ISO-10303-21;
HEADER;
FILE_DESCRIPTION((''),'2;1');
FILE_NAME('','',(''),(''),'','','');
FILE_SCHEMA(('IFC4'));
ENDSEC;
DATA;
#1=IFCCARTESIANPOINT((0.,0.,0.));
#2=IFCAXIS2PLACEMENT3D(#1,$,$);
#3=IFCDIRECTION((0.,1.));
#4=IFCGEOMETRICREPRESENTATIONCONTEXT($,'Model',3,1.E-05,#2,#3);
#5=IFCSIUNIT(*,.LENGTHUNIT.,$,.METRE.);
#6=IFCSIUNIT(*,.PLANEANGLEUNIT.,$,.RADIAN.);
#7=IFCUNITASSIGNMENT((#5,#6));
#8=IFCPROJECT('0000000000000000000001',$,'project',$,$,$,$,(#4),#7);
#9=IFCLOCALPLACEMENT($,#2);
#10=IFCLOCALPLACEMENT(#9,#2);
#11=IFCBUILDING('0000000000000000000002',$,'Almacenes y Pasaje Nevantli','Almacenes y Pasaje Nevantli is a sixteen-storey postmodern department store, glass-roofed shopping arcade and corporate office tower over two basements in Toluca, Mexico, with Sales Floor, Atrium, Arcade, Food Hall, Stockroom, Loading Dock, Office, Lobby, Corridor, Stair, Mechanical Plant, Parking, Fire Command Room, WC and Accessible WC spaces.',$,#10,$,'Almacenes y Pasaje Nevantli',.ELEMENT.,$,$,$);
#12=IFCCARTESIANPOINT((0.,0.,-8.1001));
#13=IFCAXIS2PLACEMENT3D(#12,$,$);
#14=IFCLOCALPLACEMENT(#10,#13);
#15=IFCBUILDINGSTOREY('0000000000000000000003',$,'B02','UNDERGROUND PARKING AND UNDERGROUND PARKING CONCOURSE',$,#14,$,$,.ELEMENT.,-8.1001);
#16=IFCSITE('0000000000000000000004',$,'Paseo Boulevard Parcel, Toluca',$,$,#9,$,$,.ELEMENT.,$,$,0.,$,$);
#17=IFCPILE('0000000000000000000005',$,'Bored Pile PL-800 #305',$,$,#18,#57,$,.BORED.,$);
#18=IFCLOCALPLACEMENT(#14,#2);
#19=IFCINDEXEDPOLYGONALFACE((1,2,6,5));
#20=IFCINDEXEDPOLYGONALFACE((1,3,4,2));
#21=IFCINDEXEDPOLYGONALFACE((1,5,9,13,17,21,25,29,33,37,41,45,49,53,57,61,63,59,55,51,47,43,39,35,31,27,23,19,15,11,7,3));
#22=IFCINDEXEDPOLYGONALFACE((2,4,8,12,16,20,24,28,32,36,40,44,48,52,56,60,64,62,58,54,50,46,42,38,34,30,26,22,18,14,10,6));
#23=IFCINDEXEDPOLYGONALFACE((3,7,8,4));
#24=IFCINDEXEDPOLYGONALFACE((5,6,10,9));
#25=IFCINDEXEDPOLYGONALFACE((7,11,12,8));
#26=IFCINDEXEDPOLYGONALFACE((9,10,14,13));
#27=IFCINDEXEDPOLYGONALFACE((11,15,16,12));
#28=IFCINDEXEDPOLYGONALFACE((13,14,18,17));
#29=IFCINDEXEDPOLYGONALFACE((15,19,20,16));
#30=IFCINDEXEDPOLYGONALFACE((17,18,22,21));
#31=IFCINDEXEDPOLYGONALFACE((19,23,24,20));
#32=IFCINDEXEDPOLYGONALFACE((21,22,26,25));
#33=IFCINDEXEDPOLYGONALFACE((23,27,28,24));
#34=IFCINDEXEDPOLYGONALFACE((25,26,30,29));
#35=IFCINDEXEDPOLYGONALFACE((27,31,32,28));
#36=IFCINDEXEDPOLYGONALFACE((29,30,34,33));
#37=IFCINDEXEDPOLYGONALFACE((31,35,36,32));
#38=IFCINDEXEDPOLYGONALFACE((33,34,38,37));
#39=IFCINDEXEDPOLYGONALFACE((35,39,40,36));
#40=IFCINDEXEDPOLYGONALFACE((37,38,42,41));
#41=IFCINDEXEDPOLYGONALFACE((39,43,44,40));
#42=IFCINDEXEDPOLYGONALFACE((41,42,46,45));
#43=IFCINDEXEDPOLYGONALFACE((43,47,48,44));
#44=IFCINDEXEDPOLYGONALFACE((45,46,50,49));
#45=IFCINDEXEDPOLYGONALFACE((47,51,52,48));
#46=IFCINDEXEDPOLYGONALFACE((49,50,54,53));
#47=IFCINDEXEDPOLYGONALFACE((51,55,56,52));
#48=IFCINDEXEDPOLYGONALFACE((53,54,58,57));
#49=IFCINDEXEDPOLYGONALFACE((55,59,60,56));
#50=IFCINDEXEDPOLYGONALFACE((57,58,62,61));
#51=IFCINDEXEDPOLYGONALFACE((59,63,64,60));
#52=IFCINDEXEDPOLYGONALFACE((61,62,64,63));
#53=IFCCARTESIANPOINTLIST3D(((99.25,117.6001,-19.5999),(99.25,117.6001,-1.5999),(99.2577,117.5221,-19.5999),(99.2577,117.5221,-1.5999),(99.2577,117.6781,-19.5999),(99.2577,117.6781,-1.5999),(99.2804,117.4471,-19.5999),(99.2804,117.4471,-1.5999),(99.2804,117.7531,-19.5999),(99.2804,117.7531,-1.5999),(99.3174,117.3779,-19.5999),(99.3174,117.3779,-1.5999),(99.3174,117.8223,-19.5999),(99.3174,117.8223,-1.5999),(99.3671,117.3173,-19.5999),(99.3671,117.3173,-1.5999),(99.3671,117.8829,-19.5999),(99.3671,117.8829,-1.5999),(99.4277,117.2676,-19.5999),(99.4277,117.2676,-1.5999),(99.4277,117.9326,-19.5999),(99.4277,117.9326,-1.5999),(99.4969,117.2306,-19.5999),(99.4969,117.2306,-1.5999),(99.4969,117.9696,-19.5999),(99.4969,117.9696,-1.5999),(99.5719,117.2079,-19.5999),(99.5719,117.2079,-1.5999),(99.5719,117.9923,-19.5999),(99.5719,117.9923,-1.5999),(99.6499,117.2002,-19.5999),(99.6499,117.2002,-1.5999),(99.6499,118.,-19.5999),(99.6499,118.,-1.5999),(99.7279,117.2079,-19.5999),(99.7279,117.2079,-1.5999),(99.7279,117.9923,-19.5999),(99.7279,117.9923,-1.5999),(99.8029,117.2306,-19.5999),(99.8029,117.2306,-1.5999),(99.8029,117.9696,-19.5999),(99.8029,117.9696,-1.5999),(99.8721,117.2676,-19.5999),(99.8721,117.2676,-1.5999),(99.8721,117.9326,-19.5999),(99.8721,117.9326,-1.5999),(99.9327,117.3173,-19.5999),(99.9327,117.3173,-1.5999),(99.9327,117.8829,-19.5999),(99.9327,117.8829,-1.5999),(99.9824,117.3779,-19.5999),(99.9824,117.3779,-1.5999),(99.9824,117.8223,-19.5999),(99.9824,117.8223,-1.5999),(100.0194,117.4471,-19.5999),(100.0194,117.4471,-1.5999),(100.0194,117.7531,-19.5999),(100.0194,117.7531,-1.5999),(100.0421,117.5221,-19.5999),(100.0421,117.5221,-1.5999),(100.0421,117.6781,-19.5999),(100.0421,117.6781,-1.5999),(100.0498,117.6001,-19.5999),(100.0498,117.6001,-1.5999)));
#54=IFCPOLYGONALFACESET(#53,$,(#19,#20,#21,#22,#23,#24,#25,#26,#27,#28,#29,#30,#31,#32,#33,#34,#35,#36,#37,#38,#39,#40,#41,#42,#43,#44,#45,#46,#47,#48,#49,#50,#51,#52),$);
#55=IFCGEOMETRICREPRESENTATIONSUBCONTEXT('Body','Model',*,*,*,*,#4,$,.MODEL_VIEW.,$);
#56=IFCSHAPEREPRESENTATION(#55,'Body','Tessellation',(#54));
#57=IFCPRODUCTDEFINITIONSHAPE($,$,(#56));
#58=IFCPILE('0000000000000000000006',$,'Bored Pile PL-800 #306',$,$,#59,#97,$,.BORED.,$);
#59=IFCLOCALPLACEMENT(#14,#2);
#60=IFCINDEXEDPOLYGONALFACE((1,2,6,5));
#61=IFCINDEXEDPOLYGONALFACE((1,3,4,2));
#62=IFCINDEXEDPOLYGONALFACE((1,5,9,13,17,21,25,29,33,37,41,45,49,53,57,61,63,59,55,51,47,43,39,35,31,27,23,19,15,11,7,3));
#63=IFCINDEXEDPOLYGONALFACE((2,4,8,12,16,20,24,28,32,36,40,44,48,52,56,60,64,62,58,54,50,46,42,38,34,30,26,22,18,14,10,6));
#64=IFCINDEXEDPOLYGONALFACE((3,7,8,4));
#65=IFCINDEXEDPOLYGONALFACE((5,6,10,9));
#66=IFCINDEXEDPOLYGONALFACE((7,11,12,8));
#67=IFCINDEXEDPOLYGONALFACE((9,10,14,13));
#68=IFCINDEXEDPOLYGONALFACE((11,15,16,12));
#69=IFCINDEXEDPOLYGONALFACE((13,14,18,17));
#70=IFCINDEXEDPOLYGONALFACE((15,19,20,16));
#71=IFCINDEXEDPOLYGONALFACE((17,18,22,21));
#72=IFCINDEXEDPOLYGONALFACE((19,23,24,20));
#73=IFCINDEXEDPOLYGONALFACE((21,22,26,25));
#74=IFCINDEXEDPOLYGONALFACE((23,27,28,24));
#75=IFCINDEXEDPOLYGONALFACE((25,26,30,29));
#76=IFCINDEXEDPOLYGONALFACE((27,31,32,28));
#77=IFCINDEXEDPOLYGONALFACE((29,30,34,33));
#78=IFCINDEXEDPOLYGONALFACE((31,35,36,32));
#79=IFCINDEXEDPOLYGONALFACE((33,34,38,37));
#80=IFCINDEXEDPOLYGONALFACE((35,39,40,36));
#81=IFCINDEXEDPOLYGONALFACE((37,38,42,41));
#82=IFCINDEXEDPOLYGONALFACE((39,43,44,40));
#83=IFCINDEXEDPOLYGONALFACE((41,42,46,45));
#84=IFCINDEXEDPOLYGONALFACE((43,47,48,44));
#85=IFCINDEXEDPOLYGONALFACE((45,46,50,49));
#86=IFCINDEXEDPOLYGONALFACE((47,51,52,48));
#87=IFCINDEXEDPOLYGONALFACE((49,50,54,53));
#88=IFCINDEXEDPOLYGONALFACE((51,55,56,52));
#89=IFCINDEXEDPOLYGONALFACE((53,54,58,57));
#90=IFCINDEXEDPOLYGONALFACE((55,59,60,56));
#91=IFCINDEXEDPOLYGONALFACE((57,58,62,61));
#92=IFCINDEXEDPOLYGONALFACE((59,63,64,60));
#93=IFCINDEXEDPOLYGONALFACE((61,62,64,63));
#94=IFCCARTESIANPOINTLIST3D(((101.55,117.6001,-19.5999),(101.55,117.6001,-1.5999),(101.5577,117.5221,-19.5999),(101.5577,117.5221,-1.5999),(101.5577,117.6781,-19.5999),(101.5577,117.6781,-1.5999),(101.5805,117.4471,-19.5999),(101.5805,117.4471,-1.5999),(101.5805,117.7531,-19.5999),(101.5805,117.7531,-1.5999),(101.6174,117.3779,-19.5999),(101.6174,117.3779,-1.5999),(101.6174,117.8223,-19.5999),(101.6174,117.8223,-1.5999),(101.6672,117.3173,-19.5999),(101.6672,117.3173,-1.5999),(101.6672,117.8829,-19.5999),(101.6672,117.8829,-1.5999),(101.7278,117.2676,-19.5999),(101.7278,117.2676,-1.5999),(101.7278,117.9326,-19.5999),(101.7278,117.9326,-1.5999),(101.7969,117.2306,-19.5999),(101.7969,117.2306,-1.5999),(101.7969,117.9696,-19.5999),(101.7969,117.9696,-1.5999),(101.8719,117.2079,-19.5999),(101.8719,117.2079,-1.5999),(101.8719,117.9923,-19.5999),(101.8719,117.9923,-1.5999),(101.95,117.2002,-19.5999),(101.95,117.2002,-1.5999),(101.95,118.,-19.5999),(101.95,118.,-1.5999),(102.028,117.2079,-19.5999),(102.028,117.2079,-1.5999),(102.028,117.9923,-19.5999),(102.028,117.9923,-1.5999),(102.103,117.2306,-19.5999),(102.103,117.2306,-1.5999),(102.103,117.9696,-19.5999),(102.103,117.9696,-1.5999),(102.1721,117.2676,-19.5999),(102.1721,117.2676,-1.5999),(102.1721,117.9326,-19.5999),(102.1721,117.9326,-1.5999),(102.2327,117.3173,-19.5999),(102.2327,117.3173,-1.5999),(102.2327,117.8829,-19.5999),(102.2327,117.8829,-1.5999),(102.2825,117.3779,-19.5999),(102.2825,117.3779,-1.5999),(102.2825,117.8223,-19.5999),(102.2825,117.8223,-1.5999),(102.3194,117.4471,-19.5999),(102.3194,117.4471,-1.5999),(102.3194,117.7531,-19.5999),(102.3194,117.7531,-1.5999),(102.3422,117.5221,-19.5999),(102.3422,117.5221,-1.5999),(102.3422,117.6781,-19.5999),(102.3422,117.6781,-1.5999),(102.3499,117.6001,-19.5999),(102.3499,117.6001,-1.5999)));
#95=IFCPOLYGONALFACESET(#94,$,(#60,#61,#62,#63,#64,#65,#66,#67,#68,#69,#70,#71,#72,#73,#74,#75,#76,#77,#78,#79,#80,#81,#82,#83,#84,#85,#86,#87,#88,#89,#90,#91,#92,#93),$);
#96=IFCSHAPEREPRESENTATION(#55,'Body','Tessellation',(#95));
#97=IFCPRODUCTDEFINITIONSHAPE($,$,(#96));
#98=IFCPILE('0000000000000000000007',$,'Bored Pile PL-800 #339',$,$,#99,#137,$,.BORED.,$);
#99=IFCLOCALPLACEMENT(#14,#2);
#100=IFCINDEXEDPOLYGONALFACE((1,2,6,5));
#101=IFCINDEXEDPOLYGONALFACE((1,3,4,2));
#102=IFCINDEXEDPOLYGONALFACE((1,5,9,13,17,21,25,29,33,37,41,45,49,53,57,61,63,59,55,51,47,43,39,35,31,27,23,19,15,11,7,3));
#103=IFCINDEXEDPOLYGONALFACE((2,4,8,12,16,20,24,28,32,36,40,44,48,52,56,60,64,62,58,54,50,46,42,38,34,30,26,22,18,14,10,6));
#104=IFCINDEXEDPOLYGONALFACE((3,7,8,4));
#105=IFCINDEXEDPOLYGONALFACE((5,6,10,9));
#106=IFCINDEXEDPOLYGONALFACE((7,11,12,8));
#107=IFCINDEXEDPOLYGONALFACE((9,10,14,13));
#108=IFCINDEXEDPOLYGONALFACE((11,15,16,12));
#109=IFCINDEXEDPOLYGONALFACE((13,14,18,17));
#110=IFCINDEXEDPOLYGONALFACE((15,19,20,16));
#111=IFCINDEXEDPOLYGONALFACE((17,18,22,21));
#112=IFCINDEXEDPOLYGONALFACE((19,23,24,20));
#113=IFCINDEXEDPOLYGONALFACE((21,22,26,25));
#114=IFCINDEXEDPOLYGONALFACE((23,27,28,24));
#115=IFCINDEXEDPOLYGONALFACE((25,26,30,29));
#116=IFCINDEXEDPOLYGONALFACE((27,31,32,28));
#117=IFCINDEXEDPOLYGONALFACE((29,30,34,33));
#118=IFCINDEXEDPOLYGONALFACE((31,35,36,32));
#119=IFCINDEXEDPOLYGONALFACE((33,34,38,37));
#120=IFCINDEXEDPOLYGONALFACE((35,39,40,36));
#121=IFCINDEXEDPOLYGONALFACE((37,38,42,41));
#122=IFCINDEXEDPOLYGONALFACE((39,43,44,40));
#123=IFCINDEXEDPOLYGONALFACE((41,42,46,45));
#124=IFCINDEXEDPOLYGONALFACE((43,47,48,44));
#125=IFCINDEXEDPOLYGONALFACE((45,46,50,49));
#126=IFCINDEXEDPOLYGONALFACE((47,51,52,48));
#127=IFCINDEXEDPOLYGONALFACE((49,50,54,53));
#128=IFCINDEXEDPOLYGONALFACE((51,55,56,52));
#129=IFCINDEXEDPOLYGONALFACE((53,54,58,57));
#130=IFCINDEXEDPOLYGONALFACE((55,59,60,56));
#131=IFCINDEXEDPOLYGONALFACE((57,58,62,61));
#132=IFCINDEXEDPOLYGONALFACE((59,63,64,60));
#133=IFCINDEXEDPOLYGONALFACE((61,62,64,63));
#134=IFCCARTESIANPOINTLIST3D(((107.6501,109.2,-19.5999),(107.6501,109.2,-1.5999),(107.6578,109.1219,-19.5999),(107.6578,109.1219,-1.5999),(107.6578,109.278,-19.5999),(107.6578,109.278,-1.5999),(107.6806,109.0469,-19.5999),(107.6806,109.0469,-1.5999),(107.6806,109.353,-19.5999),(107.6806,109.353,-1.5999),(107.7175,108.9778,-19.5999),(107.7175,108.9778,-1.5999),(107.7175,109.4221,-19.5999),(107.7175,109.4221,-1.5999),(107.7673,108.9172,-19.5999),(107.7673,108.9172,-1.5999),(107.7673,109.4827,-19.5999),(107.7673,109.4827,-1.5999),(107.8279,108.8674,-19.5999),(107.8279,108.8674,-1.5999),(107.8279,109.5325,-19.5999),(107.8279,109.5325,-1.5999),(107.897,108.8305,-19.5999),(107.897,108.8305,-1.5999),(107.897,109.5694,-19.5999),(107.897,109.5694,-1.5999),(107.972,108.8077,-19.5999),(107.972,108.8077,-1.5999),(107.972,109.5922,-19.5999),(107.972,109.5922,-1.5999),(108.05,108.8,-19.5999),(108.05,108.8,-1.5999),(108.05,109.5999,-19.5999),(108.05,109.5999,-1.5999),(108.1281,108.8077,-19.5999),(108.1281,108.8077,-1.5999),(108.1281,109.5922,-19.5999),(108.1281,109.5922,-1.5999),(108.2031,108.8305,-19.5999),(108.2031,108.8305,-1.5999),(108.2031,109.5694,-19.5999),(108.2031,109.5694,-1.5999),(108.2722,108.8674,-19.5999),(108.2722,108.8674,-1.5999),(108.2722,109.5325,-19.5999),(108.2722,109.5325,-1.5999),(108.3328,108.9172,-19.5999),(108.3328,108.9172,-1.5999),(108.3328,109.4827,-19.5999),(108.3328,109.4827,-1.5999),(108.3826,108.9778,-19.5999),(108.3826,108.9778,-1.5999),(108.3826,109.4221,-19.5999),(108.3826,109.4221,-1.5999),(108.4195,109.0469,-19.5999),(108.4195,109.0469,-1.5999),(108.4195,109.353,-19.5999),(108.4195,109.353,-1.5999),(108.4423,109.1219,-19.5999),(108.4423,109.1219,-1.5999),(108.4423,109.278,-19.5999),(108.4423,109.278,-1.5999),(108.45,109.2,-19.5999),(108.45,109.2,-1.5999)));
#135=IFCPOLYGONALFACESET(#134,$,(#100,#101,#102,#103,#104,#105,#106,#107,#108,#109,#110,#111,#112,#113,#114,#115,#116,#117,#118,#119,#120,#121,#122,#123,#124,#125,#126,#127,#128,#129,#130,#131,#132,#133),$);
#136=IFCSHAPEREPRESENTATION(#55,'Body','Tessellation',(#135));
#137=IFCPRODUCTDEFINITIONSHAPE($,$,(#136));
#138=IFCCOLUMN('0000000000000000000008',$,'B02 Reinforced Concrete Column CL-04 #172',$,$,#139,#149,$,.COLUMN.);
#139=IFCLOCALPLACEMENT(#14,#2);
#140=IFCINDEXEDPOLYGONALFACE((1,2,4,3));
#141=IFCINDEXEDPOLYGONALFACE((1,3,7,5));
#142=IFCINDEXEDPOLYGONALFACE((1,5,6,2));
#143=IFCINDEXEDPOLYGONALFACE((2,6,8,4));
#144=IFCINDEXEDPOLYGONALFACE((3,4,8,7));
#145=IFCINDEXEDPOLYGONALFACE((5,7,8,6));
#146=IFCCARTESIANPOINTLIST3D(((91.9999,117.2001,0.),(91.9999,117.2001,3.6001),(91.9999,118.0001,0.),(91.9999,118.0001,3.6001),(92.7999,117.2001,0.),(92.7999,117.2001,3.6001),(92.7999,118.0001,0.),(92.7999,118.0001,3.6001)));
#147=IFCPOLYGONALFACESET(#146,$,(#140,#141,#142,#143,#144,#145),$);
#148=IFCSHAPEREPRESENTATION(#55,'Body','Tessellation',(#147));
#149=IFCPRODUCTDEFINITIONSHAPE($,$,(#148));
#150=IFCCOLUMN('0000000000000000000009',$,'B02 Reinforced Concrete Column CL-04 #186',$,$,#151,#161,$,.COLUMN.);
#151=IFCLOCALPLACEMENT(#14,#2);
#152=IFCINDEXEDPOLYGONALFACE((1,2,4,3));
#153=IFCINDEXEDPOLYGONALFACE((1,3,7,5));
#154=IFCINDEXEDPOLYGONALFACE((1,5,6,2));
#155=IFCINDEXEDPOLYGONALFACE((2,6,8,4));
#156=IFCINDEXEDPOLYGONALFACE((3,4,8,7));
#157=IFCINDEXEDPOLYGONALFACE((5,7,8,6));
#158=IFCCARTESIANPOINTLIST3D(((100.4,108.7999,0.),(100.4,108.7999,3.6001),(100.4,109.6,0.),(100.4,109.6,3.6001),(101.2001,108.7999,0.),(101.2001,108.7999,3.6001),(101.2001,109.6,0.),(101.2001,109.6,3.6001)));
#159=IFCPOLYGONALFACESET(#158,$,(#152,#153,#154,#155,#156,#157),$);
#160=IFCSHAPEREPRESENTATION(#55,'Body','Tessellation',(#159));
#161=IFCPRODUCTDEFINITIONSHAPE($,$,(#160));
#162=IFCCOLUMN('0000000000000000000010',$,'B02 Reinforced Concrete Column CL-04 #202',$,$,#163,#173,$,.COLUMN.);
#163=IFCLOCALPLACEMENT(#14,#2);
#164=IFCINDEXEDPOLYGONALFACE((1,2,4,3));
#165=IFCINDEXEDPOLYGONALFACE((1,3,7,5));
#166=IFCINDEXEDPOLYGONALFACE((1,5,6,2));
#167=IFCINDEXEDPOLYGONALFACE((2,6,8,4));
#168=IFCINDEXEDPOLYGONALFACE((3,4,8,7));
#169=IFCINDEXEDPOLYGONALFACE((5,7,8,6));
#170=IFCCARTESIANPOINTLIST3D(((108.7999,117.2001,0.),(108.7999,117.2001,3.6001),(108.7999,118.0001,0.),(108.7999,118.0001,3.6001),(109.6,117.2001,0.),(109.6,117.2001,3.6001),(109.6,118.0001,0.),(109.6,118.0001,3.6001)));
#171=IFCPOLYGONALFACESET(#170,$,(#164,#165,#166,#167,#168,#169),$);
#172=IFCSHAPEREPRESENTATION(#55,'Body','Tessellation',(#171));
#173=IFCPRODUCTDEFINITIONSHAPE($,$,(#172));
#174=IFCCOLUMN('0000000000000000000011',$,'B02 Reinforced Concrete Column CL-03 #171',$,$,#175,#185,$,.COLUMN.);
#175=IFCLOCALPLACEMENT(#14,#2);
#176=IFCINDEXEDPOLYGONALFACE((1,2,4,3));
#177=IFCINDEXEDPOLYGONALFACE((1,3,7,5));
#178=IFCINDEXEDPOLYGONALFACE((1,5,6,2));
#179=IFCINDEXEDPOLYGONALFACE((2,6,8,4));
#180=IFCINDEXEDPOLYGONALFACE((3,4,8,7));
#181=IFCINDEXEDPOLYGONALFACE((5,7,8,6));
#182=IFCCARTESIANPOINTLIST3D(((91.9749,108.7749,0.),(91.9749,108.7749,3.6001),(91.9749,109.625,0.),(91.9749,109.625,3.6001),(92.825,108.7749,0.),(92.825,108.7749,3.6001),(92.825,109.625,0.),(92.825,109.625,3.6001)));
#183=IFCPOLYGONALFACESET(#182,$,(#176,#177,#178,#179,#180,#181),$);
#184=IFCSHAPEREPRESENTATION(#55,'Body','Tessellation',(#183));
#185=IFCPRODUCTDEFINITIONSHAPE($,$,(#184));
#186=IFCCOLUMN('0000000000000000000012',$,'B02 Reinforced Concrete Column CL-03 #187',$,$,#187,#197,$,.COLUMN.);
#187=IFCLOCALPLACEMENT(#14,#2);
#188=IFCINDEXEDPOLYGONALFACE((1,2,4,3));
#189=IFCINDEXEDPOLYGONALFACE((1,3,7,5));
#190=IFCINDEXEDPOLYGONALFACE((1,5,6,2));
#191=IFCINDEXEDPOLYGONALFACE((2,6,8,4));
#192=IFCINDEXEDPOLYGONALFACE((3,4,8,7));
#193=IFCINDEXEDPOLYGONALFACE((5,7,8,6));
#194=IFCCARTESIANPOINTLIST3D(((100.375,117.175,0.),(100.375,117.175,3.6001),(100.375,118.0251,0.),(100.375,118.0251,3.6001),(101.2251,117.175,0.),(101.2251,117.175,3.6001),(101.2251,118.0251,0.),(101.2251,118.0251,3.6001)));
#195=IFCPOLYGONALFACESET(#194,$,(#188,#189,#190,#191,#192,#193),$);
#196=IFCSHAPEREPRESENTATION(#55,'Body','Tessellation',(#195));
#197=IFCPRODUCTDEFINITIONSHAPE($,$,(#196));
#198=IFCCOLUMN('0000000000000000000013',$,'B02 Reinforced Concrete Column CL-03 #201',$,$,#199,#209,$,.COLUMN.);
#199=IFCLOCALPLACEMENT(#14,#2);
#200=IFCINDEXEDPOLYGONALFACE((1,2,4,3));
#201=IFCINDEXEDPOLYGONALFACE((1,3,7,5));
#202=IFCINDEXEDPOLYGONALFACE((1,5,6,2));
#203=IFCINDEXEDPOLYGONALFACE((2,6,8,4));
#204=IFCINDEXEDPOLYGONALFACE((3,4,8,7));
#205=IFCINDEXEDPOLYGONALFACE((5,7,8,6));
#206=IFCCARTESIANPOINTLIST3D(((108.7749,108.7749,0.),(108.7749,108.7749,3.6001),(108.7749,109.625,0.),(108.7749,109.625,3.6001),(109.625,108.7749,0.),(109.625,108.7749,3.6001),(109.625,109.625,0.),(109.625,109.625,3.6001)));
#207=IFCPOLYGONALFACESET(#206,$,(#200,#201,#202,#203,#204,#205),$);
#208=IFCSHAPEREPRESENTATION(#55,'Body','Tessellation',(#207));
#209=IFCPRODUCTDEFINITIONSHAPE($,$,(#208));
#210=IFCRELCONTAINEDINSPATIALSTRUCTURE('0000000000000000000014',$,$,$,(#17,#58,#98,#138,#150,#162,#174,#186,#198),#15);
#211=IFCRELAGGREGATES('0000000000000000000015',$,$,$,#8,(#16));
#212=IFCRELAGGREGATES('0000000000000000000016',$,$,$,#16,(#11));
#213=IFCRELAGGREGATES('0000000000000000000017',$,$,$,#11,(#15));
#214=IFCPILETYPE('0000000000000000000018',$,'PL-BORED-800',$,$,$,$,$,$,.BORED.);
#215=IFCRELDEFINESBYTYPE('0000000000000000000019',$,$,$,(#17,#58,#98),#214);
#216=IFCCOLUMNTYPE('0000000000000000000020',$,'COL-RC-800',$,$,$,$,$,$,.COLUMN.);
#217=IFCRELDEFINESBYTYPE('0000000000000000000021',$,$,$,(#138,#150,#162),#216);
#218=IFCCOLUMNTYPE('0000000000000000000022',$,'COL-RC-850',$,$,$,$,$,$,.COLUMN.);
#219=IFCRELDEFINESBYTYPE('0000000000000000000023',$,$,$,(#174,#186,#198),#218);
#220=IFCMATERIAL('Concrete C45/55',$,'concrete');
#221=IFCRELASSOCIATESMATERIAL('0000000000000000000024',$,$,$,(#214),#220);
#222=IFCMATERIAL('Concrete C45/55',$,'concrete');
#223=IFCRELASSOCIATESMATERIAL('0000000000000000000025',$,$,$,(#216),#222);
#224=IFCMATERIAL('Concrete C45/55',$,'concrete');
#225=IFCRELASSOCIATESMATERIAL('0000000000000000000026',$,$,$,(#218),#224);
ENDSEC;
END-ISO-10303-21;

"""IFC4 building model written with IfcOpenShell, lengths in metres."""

from ifc_helpers import new_model, si_unit, direction, frame, origin, origin_2d, place, context, subcontext, project, spatial, rectangle, circle, extrude, material, material_profile, profile_set, type_object, element, save


model = new_model("IFC4")

# Units and contexts
model_context = context("Model", 3, precision=1e-05, world=origin(), true_north=direction((0.0, 1.0)))
body_context = subcontext(model_context, "Body", "Model", "MODEL_VIEW")
ifc_project = project(units=[si_unit("LENGTHUNIT", "METRE"), si_unit("PLANEANGLEUNIT", "RADIAN")], contexts=[model_context])

# Site, building, storey
site_placement = place(None, origin())
site = spatial("IfcSite", under=ifc_project, at=site_placement, Name="Paseo Boulevard Parcel, Toluca", CompositionType="ELEMENT", RefElevation=0.0)
building_placement = place(site_placement, origin())
building = spatial("IfcBuilding", under=site, at=building_placement, Name="Almacenes y Pasaje Nevantli", Description="Almacenes y Pasaje Nevantli is a sixteen-storey postmodern department store, glass-roofed shopping arcade and corporate office tower over two basements in Toluca, Mexico, with Sales Floor, Atrium, Arcade, Food Hall, Stockroom, Loading Dock, Office, Lobby, Corridor, Stair, Mechanical Plant, Parking, Fire Command Room, WC and Accessible WC spaces.", LongName="Almacenes y Pasaje Nevantli", CompositionType="ELEMENT")
storey_placement = place(building_placement, frame((0.0, 0.0, -8.1001)))
storey = spatial("IfcBuildingStorey", under=building, at=storey_placement, Name="B02", Description="UNDERGROUND PARKING AND UNDERGROUND PARKING CONCOURSE", CompositionType="ELEMENT", Elevation=-8.1001)

# Piles
ifc_material_1 = material(Name="Concrete C45/55", Category="concrete")
ifc_material_profile_1 = material_profile(ifc_material_1, circle(Radius=0.3999, at=origin_2d()), Name="RC-PILE-D800")
ifc_profile_set_1 = profile_set([ifc_material_profile_1], Name="Concrete C45/55")
pile_type_1 = type_object("IfcPileType", Name="PL-BORED-800", PredefinedType="BORED", material=ifc_profile_set_1)
for number, where, z_axis, x_axis, name in (
    (1, (99.6499, 117.6001, -1.5999), (0.0, 0.0, -1.0), (1.0, 0.0, 0.0), "Bored Pile PL-800 #305"),
    (2, (101.95, 117.6001, -1.5999), (0.0, 0.0, -1.0), (1.0, 0.0, 0.0), "Bored Pile PL-800 #306"),
    (3, (108.05, 109.2, -1.5999), (0.0, 0.0, -1.0), (1.0, 0.0, 0.0), "Bored Pile PL-800 #339"),
):
    element("IfcPile", number, at=place(storey_placement, frame(where, z_axis=z_axis, x_axis=x_axis)), inside=storey, type_object=pile_type_1, Name=name, PredefinedType="BORED", context=body_context, shape_type="SweptSolid", body=[
        extrude(circle(Radius=0.3999, at=origin_2d()), origin(), (0.0, 0.0, 1.0), 18.0),
    ])

# Columns
ifc_material_2 = material(Name="Concrete C45/55", Category="concrete")
ifc_material_profile_2 = material_profile(ifc_material_2, rectangle(XDim=0.8, YDim=0.8, at=origin_2d()), Name="RC-COL-800x800")
ifc_profile_set_2 = profile_set([ifc_material_profile_2], Name="Concrete C45/55")
column_type_1 = type_object("IfcColumnType", Name="COL-RC-800", PredefinedType="COLUMN", material=ifc_profile_set_2)
for number, where, z_axis, x_axis, name in (
    (4, (92.3999, 117.6001, 0.0), (0.0, 0.0, 1.0), (1.0, 0.0, 0.0), "B02 Reinforced Concrete Column CL-04 #172"),
    (5, (100.8, 109.2, 0.0), (0.0, 0.0, 1.0), (1.0, 0.0, 0.0), "B02 Reinforced Concrete Column CL-04 #186"),
    (6, (109.2, 117.6001, 0.0), (0.0, 0.0, 1.0), (1.0, 0.0, 0.0), "B02 Reinforced Concrete Column CL-04 #202"),
):
    element("IfcColumn", number, at=place(storey_placement, frame(where, z_axis=z_axis, x_axis=x_axis)), inside=storey, type_object=column_type_1, Name=name, PredefinedType="COLUMN", context=body_context, shape_type="SweptSolid", body=[
        extrude(rectangle(XDim=0.8, YDim=0.8, at=origin_2d()), origin(), (0.0, 0.0, 1.0), 3.6001),
    ])
ifc_material_3 = material(Name="Concrete C45/55", Category="concrete")
ifc_material_profile_3 = material_profile(ifc_material_3, rectangle(XDim=0.8501, YDim=0.8501, at=origin_2d()), Name="RC-COL-850x850")
ifc_profile_set_3 = profile_set([ifc_material_profile_3], Name="Concrete C45/55")
column_type_2 = type_object("IfcColumnType", Name="COL-RC-850", PredefinedType="COLUMN", material=ifc_profile_set_3)
for number, where, z_axis, x_axis, name in (
    (7, (92.3999, 109.2, 0.0), (0.0, 0.0, 1.0), (1.0, 0.0, 0.0), "B02 Reinforced Concrete Column CL-03 #171"),
    (8, (100.8, 117.6001, 0.0), (0.0, 0.0, 1.0), (1.0, 0.0, 0.0), "B02 Reinforced Concrete Column CL-03 #187"),
    (9, (109.2, 109.2, 0.0), (0.0, 0.0, 1.0), (1.0, 0.0, 0.0), "B02 Reinforced Concrete Column CL-03 #201"),
):
    element("IfcColumn", number, at=place(storey_placement, frame(where, z_axis=z_axis, x_axis=x_axis)), inside=storey, type_object=column_type_2, Name=name, PredefinedType="COLUMN", context=body_context, shape_type="SweptSolid", body=[
        extrude(rectangle(XDim=0.8501, YDim=0.8501, at=origin_2d()), origin(), (0.0, 0.0, 1.0), 3.6001),
    ])

save(model, "model.ifc")
